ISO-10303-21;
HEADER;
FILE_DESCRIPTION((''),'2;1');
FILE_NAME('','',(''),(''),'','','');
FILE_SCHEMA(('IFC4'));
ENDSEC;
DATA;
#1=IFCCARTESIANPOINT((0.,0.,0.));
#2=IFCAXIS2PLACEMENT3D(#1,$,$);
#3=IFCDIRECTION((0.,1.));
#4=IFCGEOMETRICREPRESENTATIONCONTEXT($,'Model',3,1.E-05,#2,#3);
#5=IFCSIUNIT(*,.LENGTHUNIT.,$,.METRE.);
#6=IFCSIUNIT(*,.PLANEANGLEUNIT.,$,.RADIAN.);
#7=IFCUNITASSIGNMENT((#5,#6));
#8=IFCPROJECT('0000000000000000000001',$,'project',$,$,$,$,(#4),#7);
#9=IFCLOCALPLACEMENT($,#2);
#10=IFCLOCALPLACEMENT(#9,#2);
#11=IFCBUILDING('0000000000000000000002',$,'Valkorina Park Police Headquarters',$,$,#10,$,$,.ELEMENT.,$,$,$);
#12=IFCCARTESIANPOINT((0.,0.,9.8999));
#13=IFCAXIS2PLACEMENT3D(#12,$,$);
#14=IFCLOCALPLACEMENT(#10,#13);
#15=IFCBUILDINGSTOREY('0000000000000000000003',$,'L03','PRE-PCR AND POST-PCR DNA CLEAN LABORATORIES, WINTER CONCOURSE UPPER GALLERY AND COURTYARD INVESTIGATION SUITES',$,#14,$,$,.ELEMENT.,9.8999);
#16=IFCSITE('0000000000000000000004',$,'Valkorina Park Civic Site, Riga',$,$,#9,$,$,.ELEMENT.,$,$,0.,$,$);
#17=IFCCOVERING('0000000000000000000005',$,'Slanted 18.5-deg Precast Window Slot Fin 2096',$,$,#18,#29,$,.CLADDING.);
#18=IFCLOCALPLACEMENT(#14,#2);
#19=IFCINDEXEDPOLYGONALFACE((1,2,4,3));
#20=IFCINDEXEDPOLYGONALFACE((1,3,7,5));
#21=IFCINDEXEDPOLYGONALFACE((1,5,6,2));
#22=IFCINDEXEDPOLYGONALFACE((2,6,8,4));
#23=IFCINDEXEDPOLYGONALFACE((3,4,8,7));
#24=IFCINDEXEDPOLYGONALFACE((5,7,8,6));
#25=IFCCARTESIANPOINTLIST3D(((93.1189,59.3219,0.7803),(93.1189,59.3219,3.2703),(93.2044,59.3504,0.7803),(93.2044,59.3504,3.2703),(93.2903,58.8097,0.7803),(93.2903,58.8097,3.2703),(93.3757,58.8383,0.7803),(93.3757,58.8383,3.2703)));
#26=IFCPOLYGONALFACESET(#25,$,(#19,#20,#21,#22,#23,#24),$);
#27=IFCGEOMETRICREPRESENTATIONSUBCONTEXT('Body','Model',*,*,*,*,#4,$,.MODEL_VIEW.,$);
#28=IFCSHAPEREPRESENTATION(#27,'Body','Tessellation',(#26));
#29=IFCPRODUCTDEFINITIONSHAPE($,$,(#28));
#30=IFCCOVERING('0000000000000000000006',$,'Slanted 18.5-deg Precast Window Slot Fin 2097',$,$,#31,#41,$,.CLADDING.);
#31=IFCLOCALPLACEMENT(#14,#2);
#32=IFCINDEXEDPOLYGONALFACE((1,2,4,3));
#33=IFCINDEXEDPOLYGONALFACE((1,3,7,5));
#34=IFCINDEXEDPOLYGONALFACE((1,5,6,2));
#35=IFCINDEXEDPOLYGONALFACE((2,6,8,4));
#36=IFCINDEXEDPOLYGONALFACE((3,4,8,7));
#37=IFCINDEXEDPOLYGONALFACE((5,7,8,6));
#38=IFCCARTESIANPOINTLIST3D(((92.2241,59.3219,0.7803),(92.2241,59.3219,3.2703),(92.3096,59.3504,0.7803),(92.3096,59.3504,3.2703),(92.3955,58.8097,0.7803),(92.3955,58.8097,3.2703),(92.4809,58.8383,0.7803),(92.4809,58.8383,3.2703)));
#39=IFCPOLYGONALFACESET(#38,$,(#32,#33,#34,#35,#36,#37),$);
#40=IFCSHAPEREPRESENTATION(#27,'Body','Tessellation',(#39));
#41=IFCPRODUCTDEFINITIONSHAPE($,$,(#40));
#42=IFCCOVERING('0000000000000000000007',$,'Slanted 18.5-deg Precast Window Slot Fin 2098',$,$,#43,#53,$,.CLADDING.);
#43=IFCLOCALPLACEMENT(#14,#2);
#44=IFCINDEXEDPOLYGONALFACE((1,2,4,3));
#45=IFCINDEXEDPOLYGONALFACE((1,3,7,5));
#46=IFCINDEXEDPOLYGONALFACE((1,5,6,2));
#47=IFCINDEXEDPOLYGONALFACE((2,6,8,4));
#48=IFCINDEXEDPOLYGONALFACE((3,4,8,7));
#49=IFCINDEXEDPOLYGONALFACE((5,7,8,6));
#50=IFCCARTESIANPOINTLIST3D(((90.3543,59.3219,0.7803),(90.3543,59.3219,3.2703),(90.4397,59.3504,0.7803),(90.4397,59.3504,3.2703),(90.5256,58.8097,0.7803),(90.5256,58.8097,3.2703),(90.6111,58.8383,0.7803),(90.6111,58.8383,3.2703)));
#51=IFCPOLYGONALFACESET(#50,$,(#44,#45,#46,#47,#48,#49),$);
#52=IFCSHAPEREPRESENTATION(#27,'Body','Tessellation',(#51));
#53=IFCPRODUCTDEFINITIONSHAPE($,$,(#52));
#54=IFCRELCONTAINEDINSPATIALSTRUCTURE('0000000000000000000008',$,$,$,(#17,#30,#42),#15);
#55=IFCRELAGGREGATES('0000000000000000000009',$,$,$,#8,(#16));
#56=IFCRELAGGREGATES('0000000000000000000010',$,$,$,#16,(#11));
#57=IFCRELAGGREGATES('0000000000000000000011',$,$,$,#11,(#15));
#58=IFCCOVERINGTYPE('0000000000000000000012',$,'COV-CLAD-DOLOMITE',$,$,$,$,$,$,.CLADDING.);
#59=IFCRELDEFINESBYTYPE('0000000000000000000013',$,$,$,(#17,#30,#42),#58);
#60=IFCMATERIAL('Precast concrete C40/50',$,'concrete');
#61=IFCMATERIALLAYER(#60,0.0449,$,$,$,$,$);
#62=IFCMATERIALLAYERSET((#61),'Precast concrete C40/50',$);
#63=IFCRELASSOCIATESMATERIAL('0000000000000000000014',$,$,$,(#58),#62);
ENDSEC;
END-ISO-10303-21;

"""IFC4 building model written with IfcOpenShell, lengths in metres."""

from ifc_helpers import new_model, si_unit, direction, frame, origin, origin_2d, place, context, subcontext, project, spatial, rectangle, extrude, material, layer, layer_set, type_object, element, save


model = new_model("IFC4")

# Units and contexts
model_context = context("Model", 3, precision=1e-05, world=origin(), true_north=direction((0.0, 1.0)))
body_context = subcontext(model_context, "Body", "Model", "MODEL_VIEW")
ifc_project = project(units=[si_unit("LENGTHUNIT", "METRE"), si_unit("PLANEANGLEUNIT", "RADIAN")], contexts=[model_context])

# Site, building, storey
site_placement = place(None, origin())
site = spatial("IfcSite", under=ifc_project, at=site_placement, Name="Valkorina Park Civic Site, Riga", CompositionType="ELEMENT", RefElevation=0.0)
building_placement = place(site_placement, origin())
building = spatial("IfcBuilding", under=site, at=building_placement, Name="Valkorina Park Police Headquarters", CompositionType="ELEMENT")
storey_placement = place(building_placement, frame((0.0, 0.0, 9.8999)))
storey = spatial("IfcBuildingStorey", under=building, at=storey_placement, Name="L03", Description="PRE-PCR AND POST-PCR DNA CLEAN LABORATORIES, WINTER CONCOURSE UPPER GALLERY AND COURTYARD INVESTIGATION SUITES", CompositionType="ELEMENT", Elevation=9.8999)

# Coverings
ifc_material_1 = material(Name="Precast concrete C40/50", Category="concrete")
ifc_layer = layer(ifc_material_1, 0.0449)
ifc_layer_set = layer_set([ifc_layer], Name="Precast concrete C40/50")
covering_type = type_object("IfcCoveringType", Name="COV-CLAD-DOLOMITE", PredefinedType="CLADDING", material=ifc_layer_set)
for number, where, z_axis, x_axis, name in (
    (1, (93.2473, 59.0801, 0.7803), (0.0, 0.0, 1.0), (0.317305, -0.948324, 0.0), "Slanted 18.5-deg Precast Window Slot Fin 2096"),
    (2, (92.3525, 59.0801, 0.7803), (0.0, 0.0, 1.0), (0.317305, -0.948324, 0.0), "Slanted 18.5-deg Precast Window Slot Fin 2097"),
    (3, (90.4827, 59.0801, 0.7803), (0.0, 0.0, 1.0), (0.317305, -0.948324, 0.0), "Slanted 18.5-deg Precast Window Slot Fin 2098"),
):
    element("IfcCovering", number, at=place(storey_placement, frame(where, z_axis=z_axis, x_axis=x_axis)), inside=storey, type_object=covering_type, Name=name, PredefinedType="CLADDING", context=body_context, shape_type="SweptSolid", body=[
        extrude(rectangle(XDim=0.54, YDim=0.0901, at=origin_2d()), origin(), (0.0, 0.0, 1.0), 2.49),
    ])

save(model, "model.ifc")
